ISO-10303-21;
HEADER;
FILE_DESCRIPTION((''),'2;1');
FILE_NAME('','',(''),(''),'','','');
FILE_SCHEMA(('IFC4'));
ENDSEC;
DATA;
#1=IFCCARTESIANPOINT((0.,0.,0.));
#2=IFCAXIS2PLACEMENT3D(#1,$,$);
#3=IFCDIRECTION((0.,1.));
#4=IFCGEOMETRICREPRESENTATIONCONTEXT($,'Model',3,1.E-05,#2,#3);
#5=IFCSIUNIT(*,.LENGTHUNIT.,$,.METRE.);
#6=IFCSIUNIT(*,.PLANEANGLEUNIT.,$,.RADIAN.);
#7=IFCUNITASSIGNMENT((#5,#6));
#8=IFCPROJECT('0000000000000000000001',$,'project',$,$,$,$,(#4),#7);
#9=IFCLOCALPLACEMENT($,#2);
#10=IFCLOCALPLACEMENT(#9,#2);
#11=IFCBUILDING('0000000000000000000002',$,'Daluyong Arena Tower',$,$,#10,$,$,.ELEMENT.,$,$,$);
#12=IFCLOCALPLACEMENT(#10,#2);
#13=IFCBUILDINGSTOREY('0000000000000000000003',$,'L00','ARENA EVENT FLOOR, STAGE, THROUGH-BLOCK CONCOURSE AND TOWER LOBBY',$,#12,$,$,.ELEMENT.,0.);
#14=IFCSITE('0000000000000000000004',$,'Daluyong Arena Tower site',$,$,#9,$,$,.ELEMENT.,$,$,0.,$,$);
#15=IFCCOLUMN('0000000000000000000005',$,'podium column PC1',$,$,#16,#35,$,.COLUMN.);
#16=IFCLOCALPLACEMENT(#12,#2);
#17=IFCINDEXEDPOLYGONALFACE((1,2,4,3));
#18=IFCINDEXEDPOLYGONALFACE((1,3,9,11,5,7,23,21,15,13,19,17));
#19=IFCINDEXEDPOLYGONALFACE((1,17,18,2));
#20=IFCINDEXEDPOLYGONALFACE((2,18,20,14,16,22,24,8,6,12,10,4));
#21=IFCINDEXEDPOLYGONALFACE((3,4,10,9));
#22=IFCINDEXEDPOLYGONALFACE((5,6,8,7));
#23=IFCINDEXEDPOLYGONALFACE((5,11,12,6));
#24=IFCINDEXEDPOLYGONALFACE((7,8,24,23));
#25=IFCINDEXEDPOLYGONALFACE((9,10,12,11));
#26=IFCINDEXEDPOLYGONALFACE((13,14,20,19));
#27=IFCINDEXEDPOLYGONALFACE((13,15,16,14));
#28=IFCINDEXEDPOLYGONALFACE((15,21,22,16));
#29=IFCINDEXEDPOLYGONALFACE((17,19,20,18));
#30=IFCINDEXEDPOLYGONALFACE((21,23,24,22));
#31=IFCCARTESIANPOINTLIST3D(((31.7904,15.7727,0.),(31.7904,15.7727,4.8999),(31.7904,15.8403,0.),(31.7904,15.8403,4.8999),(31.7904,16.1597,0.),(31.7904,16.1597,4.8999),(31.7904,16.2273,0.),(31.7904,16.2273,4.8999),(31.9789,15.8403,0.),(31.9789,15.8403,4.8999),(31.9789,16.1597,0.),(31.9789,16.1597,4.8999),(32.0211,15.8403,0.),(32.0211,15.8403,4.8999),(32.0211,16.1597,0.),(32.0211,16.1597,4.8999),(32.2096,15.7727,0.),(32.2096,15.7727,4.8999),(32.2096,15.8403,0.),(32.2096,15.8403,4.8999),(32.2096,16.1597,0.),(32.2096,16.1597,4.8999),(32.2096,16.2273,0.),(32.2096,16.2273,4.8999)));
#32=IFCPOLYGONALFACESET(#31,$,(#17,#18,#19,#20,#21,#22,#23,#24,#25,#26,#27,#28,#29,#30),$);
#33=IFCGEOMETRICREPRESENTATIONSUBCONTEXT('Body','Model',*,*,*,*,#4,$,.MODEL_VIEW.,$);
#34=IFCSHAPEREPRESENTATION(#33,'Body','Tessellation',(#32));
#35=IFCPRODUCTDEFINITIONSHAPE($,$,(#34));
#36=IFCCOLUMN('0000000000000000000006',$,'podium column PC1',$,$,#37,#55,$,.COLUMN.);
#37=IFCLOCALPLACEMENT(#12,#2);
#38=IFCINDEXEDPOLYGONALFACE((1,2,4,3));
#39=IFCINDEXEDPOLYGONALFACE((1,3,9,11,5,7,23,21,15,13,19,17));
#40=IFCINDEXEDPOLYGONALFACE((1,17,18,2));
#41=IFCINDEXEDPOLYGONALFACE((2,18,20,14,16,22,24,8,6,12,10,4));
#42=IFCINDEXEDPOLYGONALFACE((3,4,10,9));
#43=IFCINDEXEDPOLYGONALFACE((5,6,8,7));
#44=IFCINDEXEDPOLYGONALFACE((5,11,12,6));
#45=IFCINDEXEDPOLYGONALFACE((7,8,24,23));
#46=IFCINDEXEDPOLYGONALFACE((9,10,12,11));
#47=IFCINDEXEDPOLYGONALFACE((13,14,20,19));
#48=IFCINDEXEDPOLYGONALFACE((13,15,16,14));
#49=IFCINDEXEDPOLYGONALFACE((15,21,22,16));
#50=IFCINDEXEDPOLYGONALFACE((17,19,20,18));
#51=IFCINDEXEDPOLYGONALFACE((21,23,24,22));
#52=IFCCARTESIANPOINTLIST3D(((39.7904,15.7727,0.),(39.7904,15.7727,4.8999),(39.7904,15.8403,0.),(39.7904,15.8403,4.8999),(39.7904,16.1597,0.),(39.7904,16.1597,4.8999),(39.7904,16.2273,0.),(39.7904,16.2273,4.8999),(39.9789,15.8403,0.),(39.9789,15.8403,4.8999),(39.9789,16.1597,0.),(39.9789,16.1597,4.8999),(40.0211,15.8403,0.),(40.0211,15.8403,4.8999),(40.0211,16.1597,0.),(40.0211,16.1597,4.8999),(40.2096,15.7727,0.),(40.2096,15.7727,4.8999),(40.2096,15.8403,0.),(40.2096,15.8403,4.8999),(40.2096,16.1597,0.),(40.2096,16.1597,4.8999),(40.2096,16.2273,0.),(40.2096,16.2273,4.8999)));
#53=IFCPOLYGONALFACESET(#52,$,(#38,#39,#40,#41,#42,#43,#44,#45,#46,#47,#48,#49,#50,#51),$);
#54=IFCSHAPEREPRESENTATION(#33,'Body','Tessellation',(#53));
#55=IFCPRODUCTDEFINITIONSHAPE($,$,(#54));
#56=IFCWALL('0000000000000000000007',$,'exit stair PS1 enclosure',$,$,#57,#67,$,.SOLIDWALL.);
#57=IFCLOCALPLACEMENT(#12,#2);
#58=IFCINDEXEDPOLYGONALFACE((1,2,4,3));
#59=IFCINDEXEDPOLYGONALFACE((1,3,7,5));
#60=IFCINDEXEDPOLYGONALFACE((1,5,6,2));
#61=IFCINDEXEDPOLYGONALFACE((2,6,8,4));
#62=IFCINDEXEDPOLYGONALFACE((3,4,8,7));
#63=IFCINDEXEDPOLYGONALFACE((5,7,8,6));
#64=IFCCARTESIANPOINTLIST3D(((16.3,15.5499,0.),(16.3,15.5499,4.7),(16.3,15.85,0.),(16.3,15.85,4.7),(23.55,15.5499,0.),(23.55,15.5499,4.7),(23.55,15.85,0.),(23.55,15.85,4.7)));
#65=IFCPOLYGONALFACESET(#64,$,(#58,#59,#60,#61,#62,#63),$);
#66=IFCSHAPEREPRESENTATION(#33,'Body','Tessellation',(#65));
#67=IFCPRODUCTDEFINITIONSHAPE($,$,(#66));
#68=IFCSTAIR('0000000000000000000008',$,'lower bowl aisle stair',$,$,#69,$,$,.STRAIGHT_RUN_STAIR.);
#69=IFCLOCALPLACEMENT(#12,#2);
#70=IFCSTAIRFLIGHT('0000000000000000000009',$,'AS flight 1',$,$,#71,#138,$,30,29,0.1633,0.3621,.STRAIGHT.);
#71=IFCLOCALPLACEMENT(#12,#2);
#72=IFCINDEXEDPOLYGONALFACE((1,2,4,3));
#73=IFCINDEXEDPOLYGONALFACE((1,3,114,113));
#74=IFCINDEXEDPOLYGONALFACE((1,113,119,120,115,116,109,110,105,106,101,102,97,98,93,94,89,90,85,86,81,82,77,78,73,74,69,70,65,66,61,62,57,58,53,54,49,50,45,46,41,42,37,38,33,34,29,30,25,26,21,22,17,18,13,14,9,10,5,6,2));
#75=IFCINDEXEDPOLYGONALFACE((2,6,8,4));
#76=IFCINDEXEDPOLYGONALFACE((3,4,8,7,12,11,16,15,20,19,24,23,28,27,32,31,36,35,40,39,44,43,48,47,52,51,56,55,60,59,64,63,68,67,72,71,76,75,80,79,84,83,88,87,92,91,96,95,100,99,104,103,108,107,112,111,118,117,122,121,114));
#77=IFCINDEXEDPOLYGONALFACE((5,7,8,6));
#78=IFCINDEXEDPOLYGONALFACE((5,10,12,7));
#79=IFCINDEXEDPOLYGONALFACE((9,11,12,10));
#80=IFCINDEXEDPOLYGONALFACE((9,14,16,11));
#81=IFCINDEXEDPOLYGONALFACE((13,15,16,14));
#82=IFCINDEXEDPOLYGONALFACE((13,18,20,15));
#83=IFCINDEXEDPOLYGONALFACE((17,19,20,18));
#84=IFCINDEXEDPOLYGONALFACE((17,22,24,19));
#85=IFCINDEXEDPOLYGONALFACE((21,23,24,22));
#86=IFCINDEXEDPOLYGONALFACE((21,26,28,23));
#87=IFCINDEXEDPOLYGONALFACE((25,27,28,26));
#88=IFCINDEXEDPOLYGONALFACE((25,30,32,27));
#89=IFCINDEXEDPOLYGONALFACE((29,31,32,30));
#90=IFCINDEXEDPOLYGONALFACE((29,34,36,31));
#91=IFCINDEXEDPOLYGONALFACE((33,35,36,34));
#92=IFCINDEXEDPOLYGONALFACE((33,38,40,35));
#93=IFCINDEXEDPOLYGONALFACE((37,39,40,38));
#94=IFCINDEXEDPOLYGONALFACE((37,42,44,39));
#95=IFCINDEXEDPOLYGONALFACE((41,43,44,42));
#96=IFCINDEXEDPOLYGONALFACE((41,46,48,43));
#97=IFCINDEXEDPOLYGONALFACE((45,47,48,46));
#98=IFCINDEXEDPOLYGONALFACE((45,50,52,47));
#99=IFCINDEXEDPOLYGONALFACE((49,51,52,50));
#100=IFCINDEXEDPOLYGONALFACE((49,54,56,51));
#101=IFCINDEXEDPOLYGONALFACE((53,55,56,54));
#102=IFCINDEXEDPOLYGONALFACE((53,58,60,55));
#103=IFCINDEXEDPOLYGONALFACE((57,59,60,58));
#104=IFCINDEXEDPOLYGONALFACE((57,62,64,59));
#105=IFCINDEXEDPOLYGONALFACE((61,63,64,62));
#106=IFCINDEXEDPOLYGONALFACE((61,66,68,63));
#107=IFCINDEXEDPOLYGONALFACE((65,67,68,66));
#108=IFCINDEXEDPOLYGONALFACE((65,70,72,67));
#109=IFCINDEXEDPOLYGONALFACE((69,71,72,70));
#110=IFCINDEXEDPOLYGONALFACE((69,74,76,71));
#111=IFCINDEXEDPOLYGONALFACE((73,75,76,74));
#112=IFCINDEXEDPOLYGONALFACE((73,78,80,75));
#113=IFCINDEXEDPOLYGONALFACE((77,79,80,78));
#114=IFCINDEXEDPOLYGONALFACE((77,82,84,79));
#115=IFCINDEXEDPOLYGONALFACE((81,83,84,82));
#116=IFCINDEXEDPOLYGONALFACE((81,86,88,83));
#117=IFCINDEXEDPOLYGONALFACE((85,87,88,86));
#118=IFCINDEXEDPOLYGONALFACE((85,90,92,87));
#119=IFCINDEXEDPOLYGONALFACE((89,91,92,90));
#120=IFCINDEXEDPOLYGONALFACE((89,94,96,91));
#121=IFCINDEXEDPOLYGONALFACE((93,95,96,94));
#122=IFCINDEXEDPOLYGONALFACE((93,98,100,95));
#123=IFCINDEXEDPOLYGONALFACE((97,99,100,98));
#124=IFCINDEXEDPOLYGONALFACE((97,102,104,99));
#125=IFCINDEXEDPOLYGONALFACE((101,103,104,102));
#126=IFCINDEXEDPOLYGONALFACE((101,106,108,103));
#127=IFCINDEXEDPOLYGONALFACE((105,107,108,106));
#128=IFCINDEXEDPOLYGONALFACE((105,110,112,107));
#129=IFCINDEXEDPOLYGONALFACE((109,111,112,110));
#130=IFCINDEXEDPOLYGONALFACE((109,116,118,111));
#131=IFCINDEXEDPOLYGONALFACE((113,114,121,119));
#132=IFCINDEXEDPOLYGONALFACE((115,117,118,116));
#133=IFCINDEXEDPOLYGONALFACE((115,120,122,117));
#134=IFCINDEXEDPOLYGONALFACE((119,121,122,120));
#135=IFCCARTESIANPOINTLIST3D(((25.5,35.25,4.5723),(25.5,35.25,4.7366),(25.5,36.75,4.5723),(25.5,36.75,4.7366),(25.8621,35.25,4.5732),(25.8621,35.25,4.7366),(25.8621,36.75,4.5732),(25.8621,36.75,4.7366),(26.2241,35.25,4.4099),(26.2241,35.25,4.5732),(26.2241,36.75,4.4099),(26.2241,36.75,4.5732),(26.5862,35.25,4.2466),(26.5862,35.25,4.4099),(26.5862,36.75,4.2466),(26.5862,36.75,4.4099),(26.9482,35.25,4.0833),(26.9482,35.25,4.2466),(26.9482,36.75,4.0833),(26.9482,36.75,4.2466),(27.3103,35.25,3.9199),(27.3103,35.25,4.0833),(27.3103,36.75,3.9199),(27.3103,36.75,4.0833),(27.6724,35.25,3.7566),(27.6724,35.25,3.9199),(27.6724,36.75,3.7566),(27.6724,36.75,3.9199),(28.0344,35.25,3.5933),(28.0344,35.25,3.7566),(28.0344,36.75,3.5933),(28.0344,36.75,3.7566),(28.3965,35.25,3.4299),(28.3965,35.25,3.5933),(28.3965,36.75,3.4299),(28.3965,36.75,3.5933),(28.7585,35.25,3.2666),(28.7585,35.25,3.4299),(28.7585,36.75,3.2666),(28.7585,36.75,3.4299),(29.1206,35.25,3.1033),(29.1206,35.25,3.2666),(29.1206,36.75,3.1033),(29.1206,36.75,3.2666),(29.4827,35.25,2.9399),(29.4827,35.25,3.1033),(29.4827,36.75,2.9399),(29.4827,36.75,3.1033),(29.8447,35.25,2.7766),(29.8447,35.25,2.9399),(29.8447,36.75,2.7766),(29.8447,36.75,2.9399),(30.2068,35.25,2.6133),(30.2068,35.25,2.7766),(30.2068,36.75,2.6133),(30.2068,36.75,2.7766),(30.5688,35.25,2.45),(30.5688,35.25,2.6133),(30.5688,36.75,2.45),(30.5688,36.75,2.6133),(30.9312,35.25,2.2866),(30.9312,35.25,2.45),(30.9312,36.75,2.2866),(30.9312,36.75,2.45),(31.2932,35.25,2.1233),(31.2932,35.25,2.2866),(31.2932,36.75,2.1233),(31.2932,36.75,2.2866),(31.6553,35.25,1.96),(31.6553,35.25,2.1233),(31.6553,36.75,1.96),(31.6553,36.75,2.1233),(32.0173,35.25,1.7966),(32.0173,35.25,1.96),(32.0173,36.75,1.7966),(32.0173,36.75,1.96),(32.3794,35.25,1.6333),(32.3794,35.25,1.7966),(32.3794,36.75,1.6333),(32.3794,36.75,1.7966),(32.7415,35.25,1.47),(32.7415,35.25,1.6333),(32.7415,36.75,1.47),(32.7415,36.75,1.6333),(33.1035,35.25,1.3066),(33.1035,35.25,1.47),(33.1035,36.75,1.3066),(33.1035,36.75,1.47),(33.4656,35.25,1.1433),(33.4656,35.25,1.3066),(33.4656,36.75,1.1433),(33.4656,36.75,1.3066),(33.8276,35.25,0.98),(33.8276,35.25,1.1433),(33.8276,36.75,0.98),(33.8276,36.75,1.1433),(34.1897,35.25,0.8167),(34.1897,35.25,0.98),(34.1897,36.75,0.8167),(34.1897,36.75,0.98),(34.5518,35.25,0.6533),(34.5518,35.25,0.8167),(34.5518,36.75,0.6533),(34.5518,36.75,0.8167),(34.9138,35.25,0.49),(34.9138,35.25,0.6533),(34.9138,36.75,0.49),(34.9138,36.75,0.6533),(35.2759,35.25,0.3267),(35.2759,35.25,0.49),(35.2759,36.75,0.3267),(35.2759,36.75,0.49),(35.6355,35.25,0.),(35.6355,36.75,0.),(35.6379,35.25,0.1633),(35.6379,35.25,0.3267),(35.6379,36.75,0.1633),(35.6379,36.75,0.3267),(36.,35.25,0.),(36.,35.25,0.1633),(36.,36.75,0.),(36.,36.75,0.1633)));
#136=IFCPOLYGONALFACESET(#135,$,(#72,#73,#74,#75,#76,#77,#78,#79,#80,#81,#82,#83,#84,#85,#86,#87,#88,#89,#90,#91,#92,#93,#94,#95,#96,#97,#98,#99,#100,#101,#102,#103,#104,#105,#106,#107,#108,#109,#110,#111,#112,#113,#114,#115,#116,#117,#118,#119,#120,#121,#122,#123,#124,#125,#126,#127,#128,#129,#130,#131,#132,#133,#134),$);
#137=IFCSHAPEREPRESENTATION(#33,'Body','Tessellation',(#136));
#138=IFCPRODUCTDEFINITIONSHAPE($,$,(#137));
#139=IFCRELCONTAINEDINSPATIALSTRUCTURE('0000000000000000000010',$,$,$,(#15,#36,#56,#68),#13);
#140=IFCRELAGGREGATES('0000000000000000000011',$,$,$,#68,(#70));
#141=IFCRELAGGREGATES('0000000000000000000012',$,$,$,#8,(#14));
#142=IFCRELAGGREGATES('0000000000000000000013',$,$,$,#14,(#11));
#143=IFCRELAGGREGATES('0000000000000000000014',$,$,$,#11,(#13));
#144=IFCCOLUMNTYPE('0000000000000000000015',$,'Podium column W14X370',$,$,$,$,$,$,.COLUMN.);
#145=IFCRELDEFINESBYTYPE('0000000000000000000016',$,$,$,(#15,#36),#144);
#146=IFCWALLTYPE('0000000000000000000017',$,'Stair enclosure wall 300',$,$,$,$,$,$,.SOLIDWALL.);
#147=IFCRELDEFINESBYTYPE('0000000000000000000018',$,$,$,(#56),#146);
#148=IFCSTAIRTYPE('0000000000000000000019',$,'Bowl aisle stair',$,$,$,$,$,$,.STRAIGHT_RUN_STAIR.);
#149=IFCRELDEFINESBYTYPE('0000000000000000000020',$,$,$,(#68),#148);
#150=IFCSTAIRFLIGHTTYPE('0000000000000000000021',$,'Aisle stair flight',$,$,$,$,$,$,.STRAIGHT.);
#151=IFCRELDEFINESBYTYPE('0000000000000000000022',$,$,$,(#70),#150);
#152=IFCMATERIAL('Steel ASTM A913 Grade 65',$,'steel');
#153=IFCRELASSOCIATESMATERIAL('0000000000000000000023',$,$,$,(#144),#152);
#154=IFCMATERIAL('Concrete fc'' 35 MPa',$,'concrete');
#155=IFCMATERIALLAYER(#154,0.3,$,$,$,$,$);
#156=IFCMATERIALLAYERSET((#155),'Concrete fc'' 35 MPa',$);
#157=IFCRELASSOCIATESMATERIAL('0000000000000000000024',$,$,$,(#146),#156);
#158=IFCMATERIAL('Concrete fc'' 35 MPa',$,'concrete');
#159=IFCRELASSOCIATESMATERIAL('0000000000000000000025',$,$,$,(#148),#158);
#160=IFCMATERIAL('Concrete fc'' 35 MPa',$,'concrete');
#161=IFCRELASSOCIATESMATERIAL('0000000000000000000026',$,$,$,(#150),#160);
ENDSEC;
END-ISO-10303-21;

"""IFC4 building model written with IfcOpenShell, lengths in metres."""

from ifc_helpers import new_model, si_unit, direction, frame, frame_2d, origin, origin_2d, place, context, subcontext, project, spatial, polyline, rectangle, i_section, outline, extrude, material, layer, layer_set, material_profile, profile_set, type_object, element, aggregate, save


model = new_model("IFC4")

# Units and contexts
model_context = context("Model", 3, precision=1e-05, world=origin(), true_north=direction((0.0, 1.0)))
body_context = subcontext(model_context, "Body", "Model", "MODEL_VIEW")
ifc_project = project(units=[si_unit("LENGTHUNIT", "METRE"), si_unit("PLANEANGLEUNIT", "RADIAN")], contexts=[model_context])

# Site, building, storey
site_placement = place(None, origin())
site = spatial("IfcSite", under=ifc_project, at=site_placement, Name="Daluyong Arena Tower site", CompositionType="ELEMENT", RefElevation=0.0)
building_placement = place(site_placement, origin())
building = spatial("IfcBuilding", under=site, at=building_placement, Name="Daluyong Arena Tower", CompositionType="ELEMENT")
storey_placement = place(building_placement, origin())
storey = spatial("IfcBuildingStorey", under=building, at=storey_placement, Name="L00", Description="ARENA EVENT FLOOR, STAGE, THROUGH-BLOCK CONCOURSE AND TOWER LOBBY", CompositionType="ELEMENT", Elevation=0.0)

# Columns
ifc_material_1 = material(Name="Steel ASTM A913 Grade 65", Category="steel")
ifc_material_profile = material_profile(ifc_material_1, i_section(OverallWidth=0.4192, OverallDepth=0.4546, WebThickness=0.0422, FlangeThickness=0.0676, at=origin_2d()))
ifc_profile_set = profile_set([ifc_material_profile], Name="Steel ASTM A913 Grade 65")
column_type = type_object("IfcColumnType", Name="Podium column W14X370", PredefinedType="COLUMN", material=ifc_profile_set)
for number, where, z_axis, x_axis, name in (
    (1, (32.0, 16.0, 0.0), (0.0, 0.0, 1.0), (1.0, 0.0, 0.0), "podium column PC1"),
    (2, (40.0, 16.0, 0.0), (0.0, 0.0, 1.0), (1.0, 0.0, 0.0), "podium column PC1"),
):
    element("IfcColumn", number, at=place(storey_placement, frame(where, z_axis=z_axis, x_axis=x_axis)), inside=storey, type_object=column_type, Name=name, PredefinedType="COLUMN", context=body_context, shape_type="SweptSolid", body=[
        extrude(i_section(OverallWidth=0.4192, OverallDepth=0.4546, WebThickness=0.0422, FlangeThickness=0.0676, at=origin_2d()), origin(), (0.0, 0.0, 1.0), 4.8999),
    ])

# Wall
ifc_material_2 = material(Name="Concrete fc' 35 MPa", Category="concrete")
ifc_layer_1 = layer(ifc_material_2, 0.3)
ifc_layer_set_1 = layer_set([ifc_layer_1], Name="Concrete fc' 35 MPa")
wall_type = type_object("IfcWallType", Name="Stair enclosure wall 300", PredefinedType="SOLIDWALL", material=ifc_layer_set_1)
wall_placement = place(storey_placement, frame((16.3, 15.7, 0.0), z_axis=(0.0, 0.0, 1.0), x_axis=(1.0, 0.0, 0.0)))
element("IfcWall", 3, at=wall_placement, inside=storey, type_object=wall_type, Name="exit stair PS1 enclosure", PredefinedType="SOLIDWALL", context=body_context, shape_type="SweptSolid", body=[
    extrude(rectangle(XDim=7.25, YDim=0.3, at=frame_2d((3.625, 0.0))), origin(), (0.0, 0.0, 1.0), 4.7),
])

# Stair, stair flight
ifc_material_3 = material(Name="Concrete fc' 35 MPa", Category="concrete")
stair_type_1 = type_object("IfcStairType", Name="Bowl aisle stair", PredefinedType="STRAIGHT_RUN_STAIR", material=ifc_material_3)
stair_1_placement = place(storey_placement, origin())
stair_1 = element("IfcStair", 4, at=stair_1_placement, inside=storey, type_object=stair_type_1, Name="lower bowl aisle stair", PredefinedType="STRAIGHT_RUN_STAIR")
ifc_material_4 = material(Name="Concrete fc' 35 MPa", Category="concrete")
stair_flight_type_1 = type_object("IfcStairFlightType", Name="Aisle stair flight", PredefinedType="STRAIGHT", material=ifc_material_4)
stair_flight_1_placement = place(storey_placement, frame((36.0, 36.0, 0.0), z_axis=(0.0, 0.0, 1.0), x_axis=(-1.0, 0.0, 0.0)))
stair_flight_1 = element("IfcStairFlight", 5, at=stair_flight_1_placement, type_object=stair_flight_type_1, Name="AS flight 1", NumberOfRisers=30, NumberOfTreads=29, PredefinedType="STRAIGHT", RiserHeight=0.1633, TreadLength=0.3621, context=body_context, shape_type="SweptSolid", body=[
    extrude(outline(polyline([(0.0, 0.0), (0.0, 0.1633), (0.3621, 0.1633), (0.3621, 0.3267), (0.7241, 0.3267), (0.7241, 0.49), (1.0862, 0.49), (1.0862, 0.6533), (1.4482, 0.6533), (1.4482, 0.8167), (1.8103, 0.8167), (1.8103, 0.98), (2.1724, 0.98), (2.1724, 1.1433), (2.5344, 1.1433), (2.5344, 1.3066), (2.8965, 1.3066), (2.8965, 1.47), (3.2585, 1.47), (3.2585, 1.6333), (3.6206, 1.6333), (3.6206, 1.7966), (3.9827, 1.7966), (3.9827, 1.96), (4.3447, 1.96), (4.3447, 2.1233), (4.7068, 2.1233), (4.7068, 2.2866), (5.0688, 2.2866), (5.0688, 2.45), (5.4312, 2.45), (5.4312, 2.6133), (5.7932, 2.6133), (5.7932, 2.7766), (6.1553, 2.7766), (6.1553, 2.9399), (6.5173, 2.9399), (6.5173, 3.1033), (6.8794, 3.1033), (6.8794, 3.2666), (7.2415, 3.2666), (7.2415, 3.4299), (7.6035, 3.4299), (7.6035, 3.5933), (7.9656, 3.5933), (7.9656, 3.7566), (8.3276, 3.7566), (8.3276, 3.9199), (8.6897, 3.9199), (8.6897, 4.0833), (9.0518, 4.0833), (9.0518, 4.2466), (9.4138, 4.2466), (9.4138, 4.4099), (9.7759, 4.4099), (9.7759, 4.5732), (10.1379, 4.5732), (10.1379, 4.7366), (10.5, 4.7366), (10.5, 4.8999), (10.5, 4.5723), (0.3645, 0.0), (0.0, 0.0)])), frame((0.0, 0.75, 0.0), z_axis=(0.0, -1.0, 0.0), x_axis=(1.0, 0.0, 0.0)), (0.0, 0.0, 1.0), 1.5),
])
aggregate(stair_1, [stair_flight_1])

save(model, "model.ifc")
